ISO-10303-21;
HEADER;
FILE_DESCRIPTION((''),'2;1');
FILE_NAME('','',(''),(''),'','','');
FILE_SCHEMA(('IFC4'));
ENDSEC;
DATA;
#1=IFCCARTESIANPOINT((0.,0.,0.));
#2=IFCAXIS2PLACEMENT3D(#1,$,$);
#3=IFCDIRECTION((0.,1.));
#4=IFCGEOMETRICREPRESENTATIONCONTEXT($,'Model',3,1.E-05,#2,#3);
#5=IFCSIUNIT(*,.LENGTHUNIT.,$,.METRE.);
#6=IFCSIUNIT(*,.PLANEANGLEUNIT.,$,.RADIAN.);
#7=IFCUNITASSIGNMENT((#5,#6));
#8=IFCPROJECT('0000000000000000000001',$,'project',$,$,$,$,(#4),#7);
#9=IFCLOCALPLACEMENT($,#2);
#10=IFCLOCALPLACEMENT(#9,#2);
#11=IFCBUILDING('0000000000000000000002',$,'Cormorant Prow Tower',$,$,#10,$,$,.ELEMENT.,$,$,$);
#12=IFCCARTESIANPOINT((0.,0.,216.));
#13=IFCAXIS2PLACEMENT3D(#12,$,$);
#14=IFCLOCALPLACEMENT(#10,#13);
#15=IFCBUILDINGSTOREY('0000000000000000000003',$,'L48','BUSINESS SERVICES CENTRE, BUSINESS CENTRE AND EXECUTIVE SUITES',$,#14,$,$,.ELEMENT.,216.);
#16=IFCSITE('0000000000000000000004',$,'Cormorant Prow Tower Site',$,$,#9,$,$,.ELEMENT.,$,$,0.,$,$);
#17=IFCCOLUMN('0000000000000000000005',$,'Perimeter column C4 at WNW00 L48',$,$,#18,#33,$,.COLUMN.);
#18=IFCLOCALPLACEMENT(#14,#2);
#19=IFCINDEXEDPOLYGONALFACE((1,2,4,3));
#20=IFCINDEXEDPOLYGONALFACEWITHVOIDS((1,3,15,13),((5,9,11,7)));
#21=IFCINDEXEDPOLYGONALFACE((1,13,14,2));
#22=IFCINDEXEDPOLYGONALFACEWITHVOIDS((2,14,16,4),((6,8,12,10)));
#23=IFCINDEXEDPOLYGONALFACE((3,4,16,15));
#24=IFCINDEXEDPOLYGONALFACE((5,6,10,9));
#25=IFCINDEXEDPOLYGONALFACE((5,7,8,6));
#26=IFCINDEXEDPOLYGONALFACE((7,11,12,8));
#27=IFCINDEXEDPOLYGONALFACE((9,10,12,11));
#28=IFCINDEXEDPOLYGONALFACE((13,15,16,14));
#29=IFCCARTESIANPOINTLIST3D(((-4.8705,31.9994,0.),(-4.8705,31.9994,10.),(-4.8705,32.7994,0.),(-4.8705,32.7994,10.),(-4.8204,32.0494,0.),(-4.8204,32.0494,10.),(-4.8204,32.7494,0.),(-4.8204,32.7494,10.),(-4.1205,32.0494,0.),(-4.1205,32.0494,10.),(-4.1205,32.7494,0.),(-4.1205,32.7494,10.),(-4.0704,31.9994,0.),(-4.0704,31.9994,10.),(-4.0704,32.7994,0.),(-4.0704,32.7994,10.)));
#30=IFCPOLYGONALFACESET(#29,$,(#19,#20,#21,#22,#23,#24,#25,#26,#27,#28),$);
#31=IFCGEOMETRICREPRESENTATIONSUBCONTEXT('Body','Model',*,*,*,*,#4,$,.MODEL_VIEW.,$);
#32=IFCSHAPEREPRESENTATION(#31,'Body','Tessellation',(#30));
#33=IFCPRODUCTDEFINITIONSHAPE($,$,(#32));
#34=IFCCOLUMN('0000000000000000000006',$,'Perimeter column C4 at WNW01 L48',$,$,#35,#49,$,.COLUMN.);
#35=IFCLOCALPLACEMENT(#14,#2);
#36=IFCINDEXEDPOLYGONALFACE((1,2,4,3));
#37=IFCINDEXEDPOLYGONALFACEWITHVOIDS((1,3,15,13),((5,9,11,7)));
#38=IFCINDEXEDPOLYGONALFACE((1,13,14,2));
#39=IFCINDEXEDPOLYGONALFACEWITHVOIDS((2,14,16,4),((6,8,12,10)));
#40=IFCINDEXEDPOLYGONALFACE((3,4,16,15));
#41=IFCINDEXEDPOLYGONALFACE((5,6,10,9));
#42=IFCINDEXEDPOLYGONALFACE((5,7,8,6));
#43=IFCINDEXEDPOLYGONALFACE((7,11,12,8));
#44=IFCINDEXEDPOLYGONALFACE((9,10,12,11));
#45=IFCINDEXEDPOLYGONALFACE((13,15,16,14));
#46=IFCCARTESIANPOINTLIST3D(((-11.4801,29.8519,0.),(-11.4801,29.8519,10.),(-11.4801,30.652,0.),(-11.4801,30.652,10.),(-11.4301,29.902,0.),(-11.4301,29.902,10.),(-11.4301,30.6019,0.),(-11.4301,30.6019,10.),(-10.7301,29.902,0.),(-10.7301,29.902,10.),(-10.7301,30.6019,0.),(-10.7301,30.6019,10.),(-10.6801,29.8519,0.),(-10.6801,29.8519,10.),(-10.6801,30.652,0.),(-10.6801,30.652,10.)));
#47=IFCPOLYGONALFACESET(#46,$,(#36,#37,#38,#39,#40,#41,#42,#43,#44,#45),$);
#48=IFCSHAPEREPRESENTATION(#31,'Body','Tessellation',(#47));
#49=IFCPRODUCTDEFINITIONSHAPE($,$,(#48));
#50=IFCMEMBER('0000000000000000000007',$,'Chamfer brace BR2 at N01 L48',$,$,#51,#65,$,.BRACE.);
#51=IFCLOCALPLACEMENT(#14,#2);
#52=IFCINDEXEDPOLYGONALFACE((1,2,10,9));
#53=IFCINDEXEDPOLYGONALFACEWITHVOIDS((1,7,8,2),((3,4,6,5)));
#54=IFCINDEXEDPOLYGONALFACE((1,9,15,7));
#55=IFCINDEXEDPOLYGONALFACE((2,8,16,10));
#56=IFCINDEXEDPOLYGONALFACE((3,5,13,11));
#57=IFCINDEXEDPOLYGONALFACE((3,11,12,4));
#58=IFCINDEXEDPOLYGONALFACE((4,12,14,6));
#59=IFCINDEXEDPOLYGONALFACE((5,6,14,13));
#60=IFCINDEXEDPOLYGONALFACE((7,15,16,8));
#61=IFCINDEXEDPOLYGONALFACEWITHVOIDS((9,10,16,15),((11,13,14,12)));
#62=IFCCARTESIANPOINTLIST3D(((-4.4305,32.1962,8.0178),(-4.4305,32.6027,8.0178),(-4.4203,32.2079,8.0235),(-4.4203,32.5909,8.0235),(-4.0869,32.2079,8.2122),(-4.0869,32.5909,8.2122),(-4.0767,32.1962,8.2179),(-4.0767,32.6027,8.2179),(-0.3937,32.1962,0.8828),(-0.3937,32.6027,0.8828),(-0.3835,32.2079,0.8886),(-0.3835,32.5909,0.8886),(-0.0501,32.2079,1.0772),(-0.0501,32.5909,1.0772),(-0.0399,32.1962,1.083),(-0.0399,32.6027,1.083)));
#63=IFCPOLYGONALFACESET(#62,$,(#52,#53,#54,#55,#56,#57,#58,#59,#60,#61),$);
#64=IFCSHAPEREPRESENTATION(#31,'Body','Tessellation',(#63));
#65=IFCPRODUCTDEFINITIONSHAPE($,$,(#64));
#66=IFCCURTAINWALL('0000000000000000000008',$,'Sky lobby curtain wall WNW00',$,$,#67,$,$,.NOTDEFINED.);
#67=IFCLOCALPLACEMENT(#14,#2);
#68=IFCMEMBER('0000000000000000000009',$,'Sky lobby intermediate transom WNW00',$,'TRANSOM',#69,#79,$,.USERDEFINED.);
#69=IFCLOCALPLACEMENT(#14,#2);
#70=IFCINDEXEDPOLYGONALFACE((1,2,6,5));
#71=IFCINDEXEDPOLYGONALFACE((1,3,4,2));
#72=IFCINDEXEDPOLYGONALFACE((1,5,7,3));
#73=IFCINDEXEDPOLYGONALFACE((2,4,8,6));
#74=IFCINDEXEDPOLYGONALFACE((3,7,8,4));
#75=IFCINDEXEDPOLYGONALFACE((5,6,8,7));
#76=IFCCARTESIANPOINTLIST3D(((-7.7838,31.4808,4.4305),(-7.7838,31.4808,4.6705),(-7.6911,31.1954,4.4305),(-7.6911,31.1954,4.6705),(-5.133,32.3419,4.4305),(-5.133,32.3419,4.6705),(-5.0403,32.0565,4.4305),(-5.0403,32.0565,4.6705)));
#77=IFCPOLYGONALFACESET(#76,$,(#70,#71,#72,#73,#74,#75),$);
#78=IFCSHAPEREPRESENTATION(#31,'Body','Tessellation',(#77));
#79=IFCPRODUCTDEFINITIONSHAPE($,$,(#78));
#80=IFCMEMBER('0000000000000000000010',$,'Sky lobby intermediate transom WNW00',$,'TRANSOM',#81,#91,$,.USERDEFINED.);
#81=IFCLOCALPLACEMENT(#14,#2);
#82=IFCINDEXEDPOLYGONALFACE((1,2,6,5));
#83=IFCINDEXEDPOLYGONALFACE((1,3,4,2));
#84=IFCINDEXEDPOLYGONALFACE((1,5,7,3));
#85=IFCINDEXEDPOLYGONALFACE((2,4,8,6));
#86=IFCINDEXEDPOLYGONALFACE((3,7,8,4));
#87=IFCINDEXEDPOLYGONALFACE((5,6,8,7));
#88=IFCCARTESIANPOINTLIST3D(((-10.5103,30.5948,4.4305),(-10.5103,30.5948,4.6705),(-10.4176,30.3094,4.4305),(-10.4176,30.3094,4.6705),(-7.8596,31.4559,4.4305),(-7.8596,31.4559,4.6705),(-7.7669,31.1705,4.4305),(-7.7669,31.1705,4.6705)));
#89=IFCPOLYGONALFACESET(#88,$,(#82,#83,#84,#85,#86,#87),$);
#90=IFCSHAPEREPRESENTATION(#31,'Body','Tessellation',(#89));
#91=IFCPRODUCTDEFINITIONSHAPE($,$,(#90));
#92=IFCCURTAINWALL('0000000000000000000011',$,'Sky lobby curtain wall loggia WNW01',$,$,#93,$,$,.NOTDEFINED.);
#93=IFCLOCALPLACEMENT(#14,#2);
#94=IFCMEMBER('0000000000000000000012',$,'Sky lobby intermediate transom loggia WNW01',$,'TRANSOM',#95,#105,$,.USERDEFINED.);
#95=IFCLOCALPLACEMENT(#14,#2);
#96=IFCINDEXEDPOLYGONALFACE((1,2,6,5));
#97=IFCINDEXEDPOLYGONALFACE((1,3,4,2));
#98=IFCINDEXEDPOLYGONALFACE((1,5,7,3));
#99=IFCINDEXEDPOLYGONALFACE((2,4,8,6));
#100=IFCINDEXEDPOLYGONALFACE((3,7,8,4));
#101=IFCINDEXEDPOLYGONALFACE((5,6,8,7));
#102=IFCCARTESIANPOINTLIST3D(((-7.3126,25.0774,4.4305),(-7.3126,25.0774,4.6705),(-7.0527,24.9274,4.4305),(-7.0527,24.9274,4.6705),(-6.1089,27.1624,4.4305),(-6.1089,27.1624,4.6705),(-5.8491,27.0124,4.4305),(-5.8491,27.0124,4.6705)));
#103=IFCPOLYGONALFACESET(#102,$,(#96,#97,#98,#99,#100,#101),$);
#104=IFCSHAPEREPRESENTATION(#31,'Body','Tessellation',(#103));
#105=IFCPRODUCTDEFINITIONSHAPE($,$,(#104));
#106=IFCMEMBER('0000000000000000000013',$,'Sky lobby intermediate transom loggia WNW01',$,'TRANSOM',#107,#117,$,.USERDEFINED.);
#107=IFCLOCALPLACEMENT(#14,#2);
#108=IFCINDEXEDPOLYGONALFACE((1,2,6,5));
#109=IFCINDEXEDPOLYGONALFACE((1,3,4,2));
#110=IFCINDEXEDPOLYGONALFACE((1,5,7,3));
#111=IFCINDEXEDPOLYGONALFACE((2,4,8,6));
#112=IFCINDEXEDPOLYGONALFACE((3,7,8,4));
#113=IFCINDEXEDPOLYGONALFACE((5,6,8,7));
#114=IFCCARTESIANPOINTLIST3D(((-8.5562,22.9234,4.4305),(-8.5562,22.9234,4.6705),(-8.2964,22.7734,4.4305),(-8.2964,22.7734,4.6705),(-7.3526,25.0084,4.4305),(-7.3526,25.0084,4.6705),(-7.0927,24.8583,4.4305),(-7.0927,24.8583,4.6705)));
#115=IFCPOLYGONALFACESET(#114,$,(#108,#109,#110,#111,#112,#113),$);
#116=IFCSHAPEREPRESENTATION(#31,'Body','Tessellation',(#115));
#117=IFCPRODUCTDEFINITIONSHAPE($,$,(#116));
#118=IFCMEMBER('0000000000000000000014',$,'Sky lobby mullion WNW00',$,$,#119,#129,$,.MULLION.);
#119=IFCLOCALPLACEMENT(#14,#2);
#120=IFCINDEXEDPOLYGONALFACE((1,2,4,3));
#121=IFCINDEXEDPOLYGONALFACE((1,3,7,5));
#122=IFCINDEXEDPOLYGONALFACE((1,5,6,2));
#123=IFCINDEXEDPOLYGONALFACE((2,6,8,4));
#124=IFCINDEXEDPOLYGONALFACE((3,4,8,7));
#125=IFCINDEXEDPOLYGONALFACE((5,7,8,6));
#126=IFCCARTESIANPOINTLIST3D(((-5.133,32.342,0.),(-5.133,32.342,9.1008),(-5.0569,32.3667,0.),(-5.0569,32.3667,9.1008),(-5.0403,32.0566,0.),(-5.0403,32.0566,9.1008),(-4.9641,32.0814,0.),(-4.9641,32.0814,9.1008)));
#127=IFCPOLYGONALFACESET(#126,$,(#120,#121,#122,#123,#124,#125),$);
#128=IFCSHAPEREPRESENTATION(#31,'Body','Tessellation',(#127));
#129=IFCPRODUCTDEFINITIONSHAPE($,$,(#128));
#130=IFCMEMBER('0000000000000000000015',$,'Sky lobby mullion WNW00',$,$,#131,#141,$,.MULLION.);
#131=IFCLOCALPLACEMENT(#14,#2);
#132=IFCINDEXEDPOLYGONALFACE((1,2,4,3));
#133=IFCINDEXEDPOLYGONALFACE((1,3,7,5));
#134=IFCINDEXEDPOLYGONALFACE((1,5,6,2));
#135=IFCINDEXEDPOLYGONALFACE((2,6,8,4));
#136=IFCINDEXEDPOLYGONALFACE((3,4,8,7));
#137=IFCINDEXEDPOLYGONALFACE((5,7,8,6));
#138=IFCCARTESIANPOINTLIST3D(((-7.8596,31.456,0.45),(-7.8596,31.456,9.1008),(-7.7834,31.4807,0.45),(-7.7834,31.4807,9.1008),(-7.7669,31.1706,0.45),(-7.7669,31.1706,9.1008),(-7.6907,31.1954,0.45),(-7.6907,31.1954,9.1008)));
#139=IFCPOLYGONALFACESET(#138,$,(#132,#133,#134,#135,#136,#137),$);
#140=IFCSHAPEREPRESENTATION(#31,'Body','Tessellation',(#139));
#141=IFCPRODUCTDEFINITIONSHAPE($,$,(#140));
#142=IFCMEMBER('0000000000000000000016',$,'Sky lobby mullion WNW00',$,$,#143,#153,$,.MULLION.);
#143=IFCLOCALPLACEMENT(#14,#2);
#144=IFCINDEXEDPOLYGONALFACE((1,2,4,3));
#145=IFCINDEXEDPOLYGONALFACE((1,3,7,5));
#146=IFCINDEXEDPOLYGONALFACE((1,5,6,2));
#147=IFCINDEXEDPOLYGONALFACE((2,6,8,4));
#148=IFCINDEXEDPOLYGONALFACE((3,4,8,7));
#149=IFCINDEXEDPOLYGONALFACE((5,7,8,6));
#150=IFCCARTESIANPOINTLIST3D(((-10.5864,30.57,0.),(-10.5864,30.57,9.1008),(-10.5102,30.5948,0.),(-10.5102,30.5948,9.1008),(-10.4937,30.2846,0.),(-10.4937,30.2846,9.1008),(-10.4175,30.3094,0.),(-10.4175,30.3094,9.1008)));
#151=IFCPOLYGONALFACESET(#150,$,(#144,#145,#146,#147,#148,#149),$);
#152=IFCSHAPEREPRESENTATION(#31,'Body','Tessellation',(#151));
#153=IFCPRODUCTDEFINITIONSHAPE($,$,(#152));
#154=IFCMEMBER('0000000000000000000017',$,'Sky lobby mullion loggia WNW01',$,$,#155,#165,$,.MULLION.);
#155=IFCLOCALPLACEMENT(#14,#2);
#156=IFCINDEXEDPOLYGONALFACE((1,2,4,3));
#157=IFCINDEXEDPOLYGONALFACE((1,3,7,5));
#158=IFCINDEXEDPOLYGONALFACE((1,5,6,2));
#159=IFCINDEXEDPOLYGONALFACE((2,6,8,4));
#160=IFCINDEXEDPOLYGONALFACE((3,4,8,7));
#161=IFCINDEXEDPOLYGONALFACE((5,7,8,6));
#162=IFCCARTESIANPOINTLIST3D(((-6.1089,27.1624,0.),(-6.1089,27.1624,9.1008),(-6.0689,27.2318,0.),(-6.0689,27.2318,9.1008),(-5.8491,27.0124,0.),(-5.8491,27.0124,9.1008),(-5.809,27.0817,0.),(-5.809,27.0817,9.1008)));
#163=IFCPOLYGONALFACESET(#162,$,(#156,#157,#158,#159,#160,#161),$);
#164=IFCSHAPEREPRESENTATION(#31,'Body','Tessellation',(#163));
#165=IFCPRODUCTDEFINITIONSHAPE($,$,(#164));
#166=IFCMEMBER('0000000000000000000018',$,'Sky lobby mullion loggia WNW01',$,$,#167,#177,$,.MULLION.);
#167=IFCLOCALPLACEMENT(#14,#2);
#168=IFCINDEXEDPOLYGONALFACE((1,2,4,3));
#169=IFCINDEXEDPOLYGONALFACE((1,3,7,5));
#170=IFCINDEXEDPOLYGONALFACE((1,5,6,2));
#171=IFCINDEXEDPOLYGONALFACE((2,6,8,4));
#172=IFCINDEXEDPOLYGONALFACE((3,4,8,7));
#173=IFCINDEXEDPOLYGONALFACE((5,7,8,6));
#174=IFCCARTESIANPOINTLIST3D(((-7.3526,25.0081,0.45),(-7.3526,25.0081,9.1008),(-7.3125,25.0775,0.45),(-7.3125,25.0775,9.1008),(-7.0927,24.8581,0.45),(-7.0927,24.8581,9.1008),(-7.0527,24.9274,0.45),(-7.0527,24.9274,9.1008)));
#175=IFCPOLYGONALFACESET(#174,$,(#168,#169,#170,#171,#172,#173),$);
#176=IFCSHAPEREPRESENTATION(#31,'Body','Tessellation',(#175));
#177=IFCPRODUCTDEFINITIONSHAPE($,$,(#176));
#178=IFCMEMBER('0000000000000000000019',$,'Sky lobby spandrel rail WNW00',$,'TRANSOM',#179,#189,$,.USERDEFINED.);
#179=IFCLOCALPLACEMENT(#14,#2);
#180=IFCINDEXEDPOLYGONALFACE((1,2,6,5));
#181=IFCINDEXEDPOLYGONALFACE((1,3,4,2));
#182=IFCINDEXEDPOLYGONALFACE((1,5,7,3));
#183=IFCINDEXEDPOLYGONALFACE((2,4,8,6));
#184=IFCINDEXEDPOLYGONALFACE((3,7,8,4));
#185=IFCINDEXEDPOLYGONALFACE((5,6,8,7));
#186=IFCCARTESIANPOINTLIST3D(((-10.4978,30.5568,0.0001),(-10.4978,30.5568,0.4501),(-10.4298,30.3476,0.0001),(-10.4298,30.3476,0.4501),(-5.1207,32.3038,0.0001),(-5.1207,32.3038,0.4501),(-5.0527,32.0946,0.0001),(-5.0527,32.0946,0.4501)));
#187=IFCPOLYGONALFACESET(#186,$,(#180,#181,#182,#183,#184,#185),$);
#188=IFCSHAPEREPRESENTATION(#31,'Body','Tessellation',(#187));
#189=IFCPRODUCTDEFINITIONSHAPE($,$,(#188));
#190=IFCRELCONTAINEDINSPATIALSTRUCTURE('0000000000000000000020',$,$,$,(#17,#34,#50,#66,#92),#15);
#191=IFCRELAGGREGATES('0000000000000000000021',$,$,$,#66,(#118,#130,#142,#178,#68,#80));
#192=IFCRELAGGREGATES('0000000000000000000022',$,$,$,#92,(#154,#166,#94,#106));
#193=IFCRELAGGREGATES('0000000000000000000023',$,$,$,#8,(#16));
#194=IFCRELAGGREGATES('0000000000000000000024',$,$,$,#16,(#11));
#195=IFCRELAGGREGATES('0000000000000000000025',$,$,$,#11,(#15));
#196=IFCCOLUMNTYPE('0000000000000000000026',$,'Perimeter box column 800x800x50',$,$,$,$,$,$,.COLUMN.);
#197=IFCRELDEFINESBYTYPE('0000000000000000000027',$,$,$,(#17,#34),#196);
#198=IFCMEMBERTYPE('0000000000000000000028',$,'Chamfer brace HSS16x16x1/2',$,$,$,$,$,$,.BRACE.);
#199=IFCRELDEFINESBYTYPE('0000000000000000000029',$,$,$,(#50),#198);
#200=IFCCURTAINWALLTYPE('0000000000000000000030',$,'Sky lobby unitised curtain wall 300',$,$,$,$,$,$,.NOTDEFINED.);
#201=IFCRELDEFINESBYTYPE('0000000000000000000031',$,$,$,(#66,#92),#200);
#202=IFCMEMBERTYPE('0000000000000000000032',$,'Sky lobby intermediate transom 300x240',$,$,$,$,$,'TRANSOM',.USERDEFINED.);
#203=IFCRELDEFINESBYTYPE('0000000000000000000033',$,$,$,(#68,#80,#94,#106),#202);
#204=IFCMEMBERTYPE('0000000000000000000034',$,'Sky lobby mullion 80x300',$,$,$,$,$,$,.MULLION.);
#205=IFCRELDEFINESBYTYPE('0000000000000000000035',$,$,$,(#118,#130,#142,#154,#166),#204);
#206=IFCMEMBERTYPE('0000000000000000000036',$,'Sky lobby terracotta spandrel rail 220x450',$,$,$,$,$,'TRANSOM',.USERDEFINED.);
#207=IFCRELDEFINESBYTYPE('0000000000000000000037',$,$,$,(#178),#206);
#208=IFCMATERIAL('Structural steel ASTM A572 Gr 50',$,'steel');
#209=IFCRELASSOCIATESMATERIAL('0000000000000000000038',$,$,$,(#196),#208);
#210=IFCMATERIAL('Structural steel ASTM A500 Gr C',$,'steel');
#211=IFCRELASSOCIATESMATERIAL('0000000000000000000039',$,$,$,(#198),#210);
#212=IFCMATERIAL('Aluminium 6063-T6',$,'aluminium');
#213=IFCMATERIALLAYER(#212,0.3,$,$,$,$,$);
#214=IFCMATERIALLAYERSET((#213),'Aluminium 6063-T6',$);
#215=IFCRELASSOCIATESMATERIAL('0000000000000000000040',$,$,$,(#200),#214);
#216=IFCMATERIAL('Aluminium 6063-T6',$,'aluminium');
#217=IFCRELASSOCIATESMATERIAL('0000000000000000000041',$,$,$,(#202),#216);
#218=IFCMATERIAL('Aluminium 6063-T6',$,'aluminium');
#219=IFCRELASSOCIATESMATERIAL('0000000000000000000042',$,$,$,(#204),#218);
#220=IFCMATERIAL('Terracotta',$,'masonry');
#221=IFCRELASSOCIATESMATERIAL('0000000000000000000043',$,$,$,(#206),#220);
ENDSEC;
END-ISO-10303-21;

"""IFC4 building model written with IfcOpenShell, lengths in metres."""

from ifc_helpers import new_model, si_unit, direction, frame, origin, origin_2d, place, context, subcontext, project, spatial, rectangle, hollow_rectangle, extrude, material, layer, layer_set, material_profile, profile_set, type_object, element, aggregate, save


model = new_model("IFC4")

# Units and contexts
model_context = context("Model", 3, precision=1e-05, world=origin(), true_north=direction((0.0, 1.0)))
body_context = subcontext(model_context, "Body", "Model", "MODEL_VIEW")
ifc_project = project(units=[si_unit("LENGTHUNIT", "METRE"), si_unit("PLANEANGLEUNIT", "RADIAN")], contexts=[model_context])

# Site, building, storey
site_placement = place(None, origin())
site = spatial("IfcSite", under=ifc_project, at=site_placement, Name="Cormorant Prow Tower Site", CompositionType="ELEMENT", RefElevation=0.0)
building_placement = place(site_placement, origin())
building = spatial("IfcBuilding", under=site, at=building_placement, Name="Cormorant Prow Tower", CompositionType="ELEMENT")
storey_placement = place(building_placement, frame((0.0, 0.0, 216.0)))
storey = spatial("IfcBuildingStorey", under=building, at=storey_placement, Name="L48", Description="BUSINESS SERVICES CENTRE, BUSINESS CENTRE AND EXECUTIVE SUITES", CompositionType="ELEMENT", Elevation=216.0)

# Columns
ifc_material_1 = material(Name="Structural steel ASTM A572 Gr 50", Category="steel")
ifc_material_profile_1 = material_profile(ifc_material_1, hollow_rectangle(XDim=0.8, YDim=0.8, WallThickness=0.05, at=origin_2d()), Name="Box 800x800x50")
ifc_profile_set_1 = profile_set([ifc_material_profile_1], Name="Structural steel ASTM A572 Gr 50")
column_type = type_object("IfcColumnType", Name="Perimeter box column 800x800x50", PredefinedType="COLUMN", material=ifc_profile_set_1)
for number, where, z_axis, x_axis, name in (
    (1, (-4.4705, 32.3994, 0.0), (0.0, 0.0, 1.0), (1.0, 0.0, 0.0), "Perimeter column C4 at WNW00 L48"),
    (2, (-11.0801, 30.252, 0.0), (0.0, 0.0, 1.0), (1.0, 0.0, 0.0), "Perimeter column C4 at WNW01 L48"),
):
    element("IfcColumn", number, at=place(storey_placement, frame(where, z_axis=z_axis, x_axis=x_axis)), inside=storey, type_object=column_type, Name=name, PredefinedType="COLUMN", context=body_context, shape_type="SweptSolid", body=[
        extrude(hollow_rectangle(XDim=0.8, YDim=0.8, WallThickness=0.05, at=origin_2d()), origin(), (0.0, 0.0, 1.0), 10.0),
    ])

# Member
ifc_material_2 = material(Name="Structural steel ASTM A500 Gr C", Category="steel")
ifc_material_profile_2 = material_profile(ifc_material_2, hollow_rectangle(XDim=0.4065, YDim=0.4065, WallThickness=0.0117, at=origin_2d()), Name="HSS16x16x1/2")
ifc_profile_set_2 = profile_set([ifc_material_profile_2], Name="Structural steel ASTM A500 Gr C")
member_type_1 = type_object("IfcMemberType", Name="Chamfer brace HSS16x16x1/2", PredefinedType="BRACE", material=ifc_profile_set_2)
member_1_placement = place(storey_placement, frame((-0.2168, 32.3994, 0.9829), z_axis=(-0.49243, 0.0, 0.870352), x_axis=(0.0, -1.0, 0.0)))
element("IfcMember", 3, at=member_1_placement, inside=storey, type_object=member_type_1, Name="Chamfer brace BR2 at N01 L48", PredefinedType="BRACE", context=body_context, shape_type="SweptSolid", body=[
    extrude(hollow_rectangle(XDim=0.4065, YDim=0.4065, WallThickness=0.0117, at=origin_2d()), origin(), (0.0, 0.0, 1.0), 8.1978),
])

# Curtain walls, members
ifc_material_3 = material(Name="Aluminium 6063-T6", Category="aluminium")
ifc_layer_1 = layer(ifc_material_3, 0.3)
ifc_layer_set_1 = layer_set([ifc_layer_1], Name="Aluminium 6063-T6")
curtain_wall_type = type_object("IfcCurtainWallType", Name="Sky lobby unitised curtain wall 300", PredefinedType="NOTDEFINED", material=ifc_layer_set_1)
curtain_wall_1_placement = place(storey_placement, origin())
curtain_wall_1 = element("IfcCurtainWall", 4, at=curtain_wall_1_placement, inside=storey, type_object=curtain_wall_type, Name="Sky lobby curtain wall WNW00", PredefinedType="NOTDEFINED")
ifc_material_4 = material(Name="Aluminium 6063-T6", Category="aluminium")
ifc_material_profile_3 = material_profile(ifc_material_4, rectangle(XDim=0.3, YDim=0.24, at=origin_2d()), Name="Sky lobby intermediate transom 300x240")
ifc_profile_set_3 = profile_set([ifc_material_profile_3], Name="Aluminium 6063-T6")
member_type_2 = type_object("IfcMemberType", Name="Sky lobby intermediate transom 300x240", ElementType="TRANSOM", PredefinedType="USERDEFINED", material=ifc_profile_set_3)
member_2_placement = place(storey_placement, frame((-5.0867, 32.1992, 4.5505), z_axis=(-0.951073, -0.308965, 0.0), x_axis=(0.308965, -0.951073, 0.0)))
member_2 = element("IfcMember", 5, at=member_2_placement, type_object=member_type_2, Name="Sky lobby intermediate transom WNW00", ObjectType="TRANSOM", PredefinedType="USERDEFINED", context=body_context, shape_type="SweptSolid", body=[
    extrude(rectangle(XDim=0.3, YDim=0.24, at=origin_2d()), origin(), (0.0, 0.0, 1.0), 2.7871),
])
member_3_placement = place(storey_placement, frame((-7.8132, 31.3132, 4.5505), z_axis=(-0.951073, -0.308965, 0.0), x_axis=(0.308965, -0.951073, 0.0)))
member_3 = element("IfcMember", 6, at=member_3_placement, type_object=member_type_2, Name="Sky lobby intermediate transom WNW00", ObjectType="TRANSOM", PredefinedType="USERDEFINED", context=body_context, shape_type="SweptSolid", body=[
    extrude(rectangle(XDim=0.3, YDim=0.24, at=origin_2d()), origin(), (0.0, 0.0, 1.0), 2.7871),
])
curtain_wall_2_placement = place(storey_placement, origin())
curtain_wall_2 = element("IfcCurtainWall", 7, at=curtain_wall_2_placement, inside=storey, type_object=curtain_wall_type, Name="Sky lobby curtain wall loggia WNW01", PredefinedType="NOTDEFINED")
member_4_placement = place(storey_placement, frame((-5.979, 27.0874, 4.5505), z_axis=(-0.499957, -0.86605, 0.0), x_axis=(0.86605, -0.499957, 0.0)))
member_4 = element("IfcMember", 8, at=member_4_placement, type_object=member_type_2, Name="Sky lobby intermediate transom loggia WNW01", ObjectType="TRANSOM", PredefinedType="USERDEFINED", context=body_context, shape_type="SweptSolid", body=[
    extrude(rectangle(XDim=0.3, YDim=0.24, at=origin_2d()), origin(), (0.0, 0.0, 1.0), 2.4075),
])
member_5_placement = place(storey_placement, frame((-7.2227, 24.9333, 4.5505), z_axis=(-0.499957, -0.86605, 0.0), x_axis=(0.86605, -0.499957, 0.0)))
member_5 = element("IfcMember", 9, at=member_5_placement, type_object=member_type_2, Name="Sky lobby intermediate transom loggia WNW01", ObjectType="TRANSOM", PredefinedType="USERDEFINED", context=body_context, shape_type="SweptSolid", body=[
    extrude(rectangle(XDim=0.3, YDim=0.24, at=origin_2d()), origin(), (0.0, 0.0, 1.0), 2.4075),
])

# Members
ifc_material_5 = material(Name="Aluminium 6063-T6", Category="aluminium")
ifc_material_profile_4 = material_profile(ifc_material_5, rectangle(XDim=0.3, YDim=0.0801, at=origin_2d()), Name="Sky lobby mullion 80x300")
ifc_profile_set_4 = profile_set([ifc_material_profile_4], Name="Aluminium 6063-T6")
member_type_3 = type_object("IfcMemberType", Name="Sky lobby mullion 80x300", PredefinedType="MULLION", material=ifc_profile_set_4)
member_6_placement = place(storey_placement, frame((-5.0486, 32.2117, 0.0), z_axis=(0.0, 0.0, 1.0), x_axis=(0.309017, -0.951057, 0.0)))
member_6 = element("IfcMember", 10, at=member_6_placement, type_object=member_type_3, Name="Sky lobby mullion WNW00", PredefinedType="MULLION", context=body_context, shape_type="SweptSolid", body=[
    extrude(rectangle(XDim=0.3, YDim=0.0801, at=origin_2d()), origin(), (0.0, 0.0, 1.0), 9.1008),
])
member_7_placement = place(storey_placement, frame((-7.7751, 31.3257, 0.45), z_axis=(0.0, 0.0, 1.0), x_axis=(0.309017, -0.951057, 0.0)))
member_7 = element("IfcMember", 11, at=member_7_placement, type_object=member_type_3, Name="Sky lobby mullion WNW00", PredefinedType="MULLION", context=body_context, shape_type="SweptSolid", body=[
    extrude(rectangle(XDim=0.3, YDim=0.0801, at=origin_2d()), origin(), (0.0, 0.0, 1.0), 8.6509),
])
member_8_placement = place(storey_placement, frame((-10.502, 30.4397, 0.0), z_axis=(0.0, 0.0, 1.0), x_axis=(0.309017, -0.951057, 0.0)))
member_8 = element("IfcMember", 12, at=member_8_placement, type_object=member_type_3, Name="Sky lobby mullion WNW00", PredefinedType="MULLION", context=body_context, shape_type="SweptSolid", body=[
    extrude(rectangle(XDim=0.3, YDim=0.0801, at=origin_2d()), origin(), (0.0, 0.0, 1.0), 9.1008),
])
member_9_placement = place(storey_placement, frame((-5.959, 27.1221, 0.0), z_axis=(0.0, 0.0, 1.0), x_axis=(0.866025, -0.5, 0.0)))
member_9 = element("IfcMember", 13, at=member_9_placement, type_object=member_type_3, Name="Sky lobby mullion loggia WNW01", PredefinedType="MULLION", context=body_context, shape_type="SweptSolid", body=[
    extrude(rectangle(XDim=0.3, YDim=0.0801, at=origin_2d()), origin(), (0.0, 0.0, 1.0), 9.1008),
])
member_10_placement = place(storey_placement, frame((-7.2026, 24.9678, 0.45), z_axis=(0.0, 0.0, 1.0), x_axis=(0.866025, -0.5, 0.0)))
member_10 = element("IfcMember", 14, at=member_10_placement, type_object=member_type_3, Name="Sky lobby mullion loggia WNW01", PredefinedType="MULLION", context=body_context, shape_type="SweptSolid", body=[
    extrude(rectangle(XDim=0.3, YDim=0.0801, at=origin_2d()), origin(), (0.0, 0.0, 1.0), 8.6509),
])
ifc_material_6 = material(Name="Terracotta", Category="masonry")
ifc_material_profile_5 = material_profile(ifc_material_6, rectangle(XDim=0.22, YDim=0.45, at=origin_2d()), Name="Sky lobby terracotta spandrel rail 220x450")
ifc_profile_set_5 = profile_set([ifc_material_profile_5], Name="Terracotta")
member_type_4 = type_object("IfcMemberType", Name="Sky lobby terracotta spandrel rail 220x450", ElementType="TRANSOM", PredefinedType="USERDEFINED", material=ifc_profile_set_5)
member_11_placement = place(storey_placement, frame((-5.0867, 32.1992, 0.2251), z_axis=(-0.951061, -0.309003, 0.0), x_axis=(0.309003, -0.951061, 0.0)))
member_11 = element("IfcMember", 15, at=member_11_placement, type_object=member_type_4, Name="Sky lobby spandrel rail WNW00", ObjectType="TRANSOM", PredefinedType="USERDEFINED", context=body_context, shape_type="SweptSolid", body=[
    extrude(rectangle(XDim=0.22, YDim=0.45, at=origin_2d()), origin(), (0.0, 0.0, 1.0), 5.6538),
])

aggregate(curtain_wall_1, [member_6, member_7, member_8, member_11, member_2, member_3])
aggregate(curtain_wall_2, [member_9, member_10, member_4, member_5])

save(model, "model.ifc")
